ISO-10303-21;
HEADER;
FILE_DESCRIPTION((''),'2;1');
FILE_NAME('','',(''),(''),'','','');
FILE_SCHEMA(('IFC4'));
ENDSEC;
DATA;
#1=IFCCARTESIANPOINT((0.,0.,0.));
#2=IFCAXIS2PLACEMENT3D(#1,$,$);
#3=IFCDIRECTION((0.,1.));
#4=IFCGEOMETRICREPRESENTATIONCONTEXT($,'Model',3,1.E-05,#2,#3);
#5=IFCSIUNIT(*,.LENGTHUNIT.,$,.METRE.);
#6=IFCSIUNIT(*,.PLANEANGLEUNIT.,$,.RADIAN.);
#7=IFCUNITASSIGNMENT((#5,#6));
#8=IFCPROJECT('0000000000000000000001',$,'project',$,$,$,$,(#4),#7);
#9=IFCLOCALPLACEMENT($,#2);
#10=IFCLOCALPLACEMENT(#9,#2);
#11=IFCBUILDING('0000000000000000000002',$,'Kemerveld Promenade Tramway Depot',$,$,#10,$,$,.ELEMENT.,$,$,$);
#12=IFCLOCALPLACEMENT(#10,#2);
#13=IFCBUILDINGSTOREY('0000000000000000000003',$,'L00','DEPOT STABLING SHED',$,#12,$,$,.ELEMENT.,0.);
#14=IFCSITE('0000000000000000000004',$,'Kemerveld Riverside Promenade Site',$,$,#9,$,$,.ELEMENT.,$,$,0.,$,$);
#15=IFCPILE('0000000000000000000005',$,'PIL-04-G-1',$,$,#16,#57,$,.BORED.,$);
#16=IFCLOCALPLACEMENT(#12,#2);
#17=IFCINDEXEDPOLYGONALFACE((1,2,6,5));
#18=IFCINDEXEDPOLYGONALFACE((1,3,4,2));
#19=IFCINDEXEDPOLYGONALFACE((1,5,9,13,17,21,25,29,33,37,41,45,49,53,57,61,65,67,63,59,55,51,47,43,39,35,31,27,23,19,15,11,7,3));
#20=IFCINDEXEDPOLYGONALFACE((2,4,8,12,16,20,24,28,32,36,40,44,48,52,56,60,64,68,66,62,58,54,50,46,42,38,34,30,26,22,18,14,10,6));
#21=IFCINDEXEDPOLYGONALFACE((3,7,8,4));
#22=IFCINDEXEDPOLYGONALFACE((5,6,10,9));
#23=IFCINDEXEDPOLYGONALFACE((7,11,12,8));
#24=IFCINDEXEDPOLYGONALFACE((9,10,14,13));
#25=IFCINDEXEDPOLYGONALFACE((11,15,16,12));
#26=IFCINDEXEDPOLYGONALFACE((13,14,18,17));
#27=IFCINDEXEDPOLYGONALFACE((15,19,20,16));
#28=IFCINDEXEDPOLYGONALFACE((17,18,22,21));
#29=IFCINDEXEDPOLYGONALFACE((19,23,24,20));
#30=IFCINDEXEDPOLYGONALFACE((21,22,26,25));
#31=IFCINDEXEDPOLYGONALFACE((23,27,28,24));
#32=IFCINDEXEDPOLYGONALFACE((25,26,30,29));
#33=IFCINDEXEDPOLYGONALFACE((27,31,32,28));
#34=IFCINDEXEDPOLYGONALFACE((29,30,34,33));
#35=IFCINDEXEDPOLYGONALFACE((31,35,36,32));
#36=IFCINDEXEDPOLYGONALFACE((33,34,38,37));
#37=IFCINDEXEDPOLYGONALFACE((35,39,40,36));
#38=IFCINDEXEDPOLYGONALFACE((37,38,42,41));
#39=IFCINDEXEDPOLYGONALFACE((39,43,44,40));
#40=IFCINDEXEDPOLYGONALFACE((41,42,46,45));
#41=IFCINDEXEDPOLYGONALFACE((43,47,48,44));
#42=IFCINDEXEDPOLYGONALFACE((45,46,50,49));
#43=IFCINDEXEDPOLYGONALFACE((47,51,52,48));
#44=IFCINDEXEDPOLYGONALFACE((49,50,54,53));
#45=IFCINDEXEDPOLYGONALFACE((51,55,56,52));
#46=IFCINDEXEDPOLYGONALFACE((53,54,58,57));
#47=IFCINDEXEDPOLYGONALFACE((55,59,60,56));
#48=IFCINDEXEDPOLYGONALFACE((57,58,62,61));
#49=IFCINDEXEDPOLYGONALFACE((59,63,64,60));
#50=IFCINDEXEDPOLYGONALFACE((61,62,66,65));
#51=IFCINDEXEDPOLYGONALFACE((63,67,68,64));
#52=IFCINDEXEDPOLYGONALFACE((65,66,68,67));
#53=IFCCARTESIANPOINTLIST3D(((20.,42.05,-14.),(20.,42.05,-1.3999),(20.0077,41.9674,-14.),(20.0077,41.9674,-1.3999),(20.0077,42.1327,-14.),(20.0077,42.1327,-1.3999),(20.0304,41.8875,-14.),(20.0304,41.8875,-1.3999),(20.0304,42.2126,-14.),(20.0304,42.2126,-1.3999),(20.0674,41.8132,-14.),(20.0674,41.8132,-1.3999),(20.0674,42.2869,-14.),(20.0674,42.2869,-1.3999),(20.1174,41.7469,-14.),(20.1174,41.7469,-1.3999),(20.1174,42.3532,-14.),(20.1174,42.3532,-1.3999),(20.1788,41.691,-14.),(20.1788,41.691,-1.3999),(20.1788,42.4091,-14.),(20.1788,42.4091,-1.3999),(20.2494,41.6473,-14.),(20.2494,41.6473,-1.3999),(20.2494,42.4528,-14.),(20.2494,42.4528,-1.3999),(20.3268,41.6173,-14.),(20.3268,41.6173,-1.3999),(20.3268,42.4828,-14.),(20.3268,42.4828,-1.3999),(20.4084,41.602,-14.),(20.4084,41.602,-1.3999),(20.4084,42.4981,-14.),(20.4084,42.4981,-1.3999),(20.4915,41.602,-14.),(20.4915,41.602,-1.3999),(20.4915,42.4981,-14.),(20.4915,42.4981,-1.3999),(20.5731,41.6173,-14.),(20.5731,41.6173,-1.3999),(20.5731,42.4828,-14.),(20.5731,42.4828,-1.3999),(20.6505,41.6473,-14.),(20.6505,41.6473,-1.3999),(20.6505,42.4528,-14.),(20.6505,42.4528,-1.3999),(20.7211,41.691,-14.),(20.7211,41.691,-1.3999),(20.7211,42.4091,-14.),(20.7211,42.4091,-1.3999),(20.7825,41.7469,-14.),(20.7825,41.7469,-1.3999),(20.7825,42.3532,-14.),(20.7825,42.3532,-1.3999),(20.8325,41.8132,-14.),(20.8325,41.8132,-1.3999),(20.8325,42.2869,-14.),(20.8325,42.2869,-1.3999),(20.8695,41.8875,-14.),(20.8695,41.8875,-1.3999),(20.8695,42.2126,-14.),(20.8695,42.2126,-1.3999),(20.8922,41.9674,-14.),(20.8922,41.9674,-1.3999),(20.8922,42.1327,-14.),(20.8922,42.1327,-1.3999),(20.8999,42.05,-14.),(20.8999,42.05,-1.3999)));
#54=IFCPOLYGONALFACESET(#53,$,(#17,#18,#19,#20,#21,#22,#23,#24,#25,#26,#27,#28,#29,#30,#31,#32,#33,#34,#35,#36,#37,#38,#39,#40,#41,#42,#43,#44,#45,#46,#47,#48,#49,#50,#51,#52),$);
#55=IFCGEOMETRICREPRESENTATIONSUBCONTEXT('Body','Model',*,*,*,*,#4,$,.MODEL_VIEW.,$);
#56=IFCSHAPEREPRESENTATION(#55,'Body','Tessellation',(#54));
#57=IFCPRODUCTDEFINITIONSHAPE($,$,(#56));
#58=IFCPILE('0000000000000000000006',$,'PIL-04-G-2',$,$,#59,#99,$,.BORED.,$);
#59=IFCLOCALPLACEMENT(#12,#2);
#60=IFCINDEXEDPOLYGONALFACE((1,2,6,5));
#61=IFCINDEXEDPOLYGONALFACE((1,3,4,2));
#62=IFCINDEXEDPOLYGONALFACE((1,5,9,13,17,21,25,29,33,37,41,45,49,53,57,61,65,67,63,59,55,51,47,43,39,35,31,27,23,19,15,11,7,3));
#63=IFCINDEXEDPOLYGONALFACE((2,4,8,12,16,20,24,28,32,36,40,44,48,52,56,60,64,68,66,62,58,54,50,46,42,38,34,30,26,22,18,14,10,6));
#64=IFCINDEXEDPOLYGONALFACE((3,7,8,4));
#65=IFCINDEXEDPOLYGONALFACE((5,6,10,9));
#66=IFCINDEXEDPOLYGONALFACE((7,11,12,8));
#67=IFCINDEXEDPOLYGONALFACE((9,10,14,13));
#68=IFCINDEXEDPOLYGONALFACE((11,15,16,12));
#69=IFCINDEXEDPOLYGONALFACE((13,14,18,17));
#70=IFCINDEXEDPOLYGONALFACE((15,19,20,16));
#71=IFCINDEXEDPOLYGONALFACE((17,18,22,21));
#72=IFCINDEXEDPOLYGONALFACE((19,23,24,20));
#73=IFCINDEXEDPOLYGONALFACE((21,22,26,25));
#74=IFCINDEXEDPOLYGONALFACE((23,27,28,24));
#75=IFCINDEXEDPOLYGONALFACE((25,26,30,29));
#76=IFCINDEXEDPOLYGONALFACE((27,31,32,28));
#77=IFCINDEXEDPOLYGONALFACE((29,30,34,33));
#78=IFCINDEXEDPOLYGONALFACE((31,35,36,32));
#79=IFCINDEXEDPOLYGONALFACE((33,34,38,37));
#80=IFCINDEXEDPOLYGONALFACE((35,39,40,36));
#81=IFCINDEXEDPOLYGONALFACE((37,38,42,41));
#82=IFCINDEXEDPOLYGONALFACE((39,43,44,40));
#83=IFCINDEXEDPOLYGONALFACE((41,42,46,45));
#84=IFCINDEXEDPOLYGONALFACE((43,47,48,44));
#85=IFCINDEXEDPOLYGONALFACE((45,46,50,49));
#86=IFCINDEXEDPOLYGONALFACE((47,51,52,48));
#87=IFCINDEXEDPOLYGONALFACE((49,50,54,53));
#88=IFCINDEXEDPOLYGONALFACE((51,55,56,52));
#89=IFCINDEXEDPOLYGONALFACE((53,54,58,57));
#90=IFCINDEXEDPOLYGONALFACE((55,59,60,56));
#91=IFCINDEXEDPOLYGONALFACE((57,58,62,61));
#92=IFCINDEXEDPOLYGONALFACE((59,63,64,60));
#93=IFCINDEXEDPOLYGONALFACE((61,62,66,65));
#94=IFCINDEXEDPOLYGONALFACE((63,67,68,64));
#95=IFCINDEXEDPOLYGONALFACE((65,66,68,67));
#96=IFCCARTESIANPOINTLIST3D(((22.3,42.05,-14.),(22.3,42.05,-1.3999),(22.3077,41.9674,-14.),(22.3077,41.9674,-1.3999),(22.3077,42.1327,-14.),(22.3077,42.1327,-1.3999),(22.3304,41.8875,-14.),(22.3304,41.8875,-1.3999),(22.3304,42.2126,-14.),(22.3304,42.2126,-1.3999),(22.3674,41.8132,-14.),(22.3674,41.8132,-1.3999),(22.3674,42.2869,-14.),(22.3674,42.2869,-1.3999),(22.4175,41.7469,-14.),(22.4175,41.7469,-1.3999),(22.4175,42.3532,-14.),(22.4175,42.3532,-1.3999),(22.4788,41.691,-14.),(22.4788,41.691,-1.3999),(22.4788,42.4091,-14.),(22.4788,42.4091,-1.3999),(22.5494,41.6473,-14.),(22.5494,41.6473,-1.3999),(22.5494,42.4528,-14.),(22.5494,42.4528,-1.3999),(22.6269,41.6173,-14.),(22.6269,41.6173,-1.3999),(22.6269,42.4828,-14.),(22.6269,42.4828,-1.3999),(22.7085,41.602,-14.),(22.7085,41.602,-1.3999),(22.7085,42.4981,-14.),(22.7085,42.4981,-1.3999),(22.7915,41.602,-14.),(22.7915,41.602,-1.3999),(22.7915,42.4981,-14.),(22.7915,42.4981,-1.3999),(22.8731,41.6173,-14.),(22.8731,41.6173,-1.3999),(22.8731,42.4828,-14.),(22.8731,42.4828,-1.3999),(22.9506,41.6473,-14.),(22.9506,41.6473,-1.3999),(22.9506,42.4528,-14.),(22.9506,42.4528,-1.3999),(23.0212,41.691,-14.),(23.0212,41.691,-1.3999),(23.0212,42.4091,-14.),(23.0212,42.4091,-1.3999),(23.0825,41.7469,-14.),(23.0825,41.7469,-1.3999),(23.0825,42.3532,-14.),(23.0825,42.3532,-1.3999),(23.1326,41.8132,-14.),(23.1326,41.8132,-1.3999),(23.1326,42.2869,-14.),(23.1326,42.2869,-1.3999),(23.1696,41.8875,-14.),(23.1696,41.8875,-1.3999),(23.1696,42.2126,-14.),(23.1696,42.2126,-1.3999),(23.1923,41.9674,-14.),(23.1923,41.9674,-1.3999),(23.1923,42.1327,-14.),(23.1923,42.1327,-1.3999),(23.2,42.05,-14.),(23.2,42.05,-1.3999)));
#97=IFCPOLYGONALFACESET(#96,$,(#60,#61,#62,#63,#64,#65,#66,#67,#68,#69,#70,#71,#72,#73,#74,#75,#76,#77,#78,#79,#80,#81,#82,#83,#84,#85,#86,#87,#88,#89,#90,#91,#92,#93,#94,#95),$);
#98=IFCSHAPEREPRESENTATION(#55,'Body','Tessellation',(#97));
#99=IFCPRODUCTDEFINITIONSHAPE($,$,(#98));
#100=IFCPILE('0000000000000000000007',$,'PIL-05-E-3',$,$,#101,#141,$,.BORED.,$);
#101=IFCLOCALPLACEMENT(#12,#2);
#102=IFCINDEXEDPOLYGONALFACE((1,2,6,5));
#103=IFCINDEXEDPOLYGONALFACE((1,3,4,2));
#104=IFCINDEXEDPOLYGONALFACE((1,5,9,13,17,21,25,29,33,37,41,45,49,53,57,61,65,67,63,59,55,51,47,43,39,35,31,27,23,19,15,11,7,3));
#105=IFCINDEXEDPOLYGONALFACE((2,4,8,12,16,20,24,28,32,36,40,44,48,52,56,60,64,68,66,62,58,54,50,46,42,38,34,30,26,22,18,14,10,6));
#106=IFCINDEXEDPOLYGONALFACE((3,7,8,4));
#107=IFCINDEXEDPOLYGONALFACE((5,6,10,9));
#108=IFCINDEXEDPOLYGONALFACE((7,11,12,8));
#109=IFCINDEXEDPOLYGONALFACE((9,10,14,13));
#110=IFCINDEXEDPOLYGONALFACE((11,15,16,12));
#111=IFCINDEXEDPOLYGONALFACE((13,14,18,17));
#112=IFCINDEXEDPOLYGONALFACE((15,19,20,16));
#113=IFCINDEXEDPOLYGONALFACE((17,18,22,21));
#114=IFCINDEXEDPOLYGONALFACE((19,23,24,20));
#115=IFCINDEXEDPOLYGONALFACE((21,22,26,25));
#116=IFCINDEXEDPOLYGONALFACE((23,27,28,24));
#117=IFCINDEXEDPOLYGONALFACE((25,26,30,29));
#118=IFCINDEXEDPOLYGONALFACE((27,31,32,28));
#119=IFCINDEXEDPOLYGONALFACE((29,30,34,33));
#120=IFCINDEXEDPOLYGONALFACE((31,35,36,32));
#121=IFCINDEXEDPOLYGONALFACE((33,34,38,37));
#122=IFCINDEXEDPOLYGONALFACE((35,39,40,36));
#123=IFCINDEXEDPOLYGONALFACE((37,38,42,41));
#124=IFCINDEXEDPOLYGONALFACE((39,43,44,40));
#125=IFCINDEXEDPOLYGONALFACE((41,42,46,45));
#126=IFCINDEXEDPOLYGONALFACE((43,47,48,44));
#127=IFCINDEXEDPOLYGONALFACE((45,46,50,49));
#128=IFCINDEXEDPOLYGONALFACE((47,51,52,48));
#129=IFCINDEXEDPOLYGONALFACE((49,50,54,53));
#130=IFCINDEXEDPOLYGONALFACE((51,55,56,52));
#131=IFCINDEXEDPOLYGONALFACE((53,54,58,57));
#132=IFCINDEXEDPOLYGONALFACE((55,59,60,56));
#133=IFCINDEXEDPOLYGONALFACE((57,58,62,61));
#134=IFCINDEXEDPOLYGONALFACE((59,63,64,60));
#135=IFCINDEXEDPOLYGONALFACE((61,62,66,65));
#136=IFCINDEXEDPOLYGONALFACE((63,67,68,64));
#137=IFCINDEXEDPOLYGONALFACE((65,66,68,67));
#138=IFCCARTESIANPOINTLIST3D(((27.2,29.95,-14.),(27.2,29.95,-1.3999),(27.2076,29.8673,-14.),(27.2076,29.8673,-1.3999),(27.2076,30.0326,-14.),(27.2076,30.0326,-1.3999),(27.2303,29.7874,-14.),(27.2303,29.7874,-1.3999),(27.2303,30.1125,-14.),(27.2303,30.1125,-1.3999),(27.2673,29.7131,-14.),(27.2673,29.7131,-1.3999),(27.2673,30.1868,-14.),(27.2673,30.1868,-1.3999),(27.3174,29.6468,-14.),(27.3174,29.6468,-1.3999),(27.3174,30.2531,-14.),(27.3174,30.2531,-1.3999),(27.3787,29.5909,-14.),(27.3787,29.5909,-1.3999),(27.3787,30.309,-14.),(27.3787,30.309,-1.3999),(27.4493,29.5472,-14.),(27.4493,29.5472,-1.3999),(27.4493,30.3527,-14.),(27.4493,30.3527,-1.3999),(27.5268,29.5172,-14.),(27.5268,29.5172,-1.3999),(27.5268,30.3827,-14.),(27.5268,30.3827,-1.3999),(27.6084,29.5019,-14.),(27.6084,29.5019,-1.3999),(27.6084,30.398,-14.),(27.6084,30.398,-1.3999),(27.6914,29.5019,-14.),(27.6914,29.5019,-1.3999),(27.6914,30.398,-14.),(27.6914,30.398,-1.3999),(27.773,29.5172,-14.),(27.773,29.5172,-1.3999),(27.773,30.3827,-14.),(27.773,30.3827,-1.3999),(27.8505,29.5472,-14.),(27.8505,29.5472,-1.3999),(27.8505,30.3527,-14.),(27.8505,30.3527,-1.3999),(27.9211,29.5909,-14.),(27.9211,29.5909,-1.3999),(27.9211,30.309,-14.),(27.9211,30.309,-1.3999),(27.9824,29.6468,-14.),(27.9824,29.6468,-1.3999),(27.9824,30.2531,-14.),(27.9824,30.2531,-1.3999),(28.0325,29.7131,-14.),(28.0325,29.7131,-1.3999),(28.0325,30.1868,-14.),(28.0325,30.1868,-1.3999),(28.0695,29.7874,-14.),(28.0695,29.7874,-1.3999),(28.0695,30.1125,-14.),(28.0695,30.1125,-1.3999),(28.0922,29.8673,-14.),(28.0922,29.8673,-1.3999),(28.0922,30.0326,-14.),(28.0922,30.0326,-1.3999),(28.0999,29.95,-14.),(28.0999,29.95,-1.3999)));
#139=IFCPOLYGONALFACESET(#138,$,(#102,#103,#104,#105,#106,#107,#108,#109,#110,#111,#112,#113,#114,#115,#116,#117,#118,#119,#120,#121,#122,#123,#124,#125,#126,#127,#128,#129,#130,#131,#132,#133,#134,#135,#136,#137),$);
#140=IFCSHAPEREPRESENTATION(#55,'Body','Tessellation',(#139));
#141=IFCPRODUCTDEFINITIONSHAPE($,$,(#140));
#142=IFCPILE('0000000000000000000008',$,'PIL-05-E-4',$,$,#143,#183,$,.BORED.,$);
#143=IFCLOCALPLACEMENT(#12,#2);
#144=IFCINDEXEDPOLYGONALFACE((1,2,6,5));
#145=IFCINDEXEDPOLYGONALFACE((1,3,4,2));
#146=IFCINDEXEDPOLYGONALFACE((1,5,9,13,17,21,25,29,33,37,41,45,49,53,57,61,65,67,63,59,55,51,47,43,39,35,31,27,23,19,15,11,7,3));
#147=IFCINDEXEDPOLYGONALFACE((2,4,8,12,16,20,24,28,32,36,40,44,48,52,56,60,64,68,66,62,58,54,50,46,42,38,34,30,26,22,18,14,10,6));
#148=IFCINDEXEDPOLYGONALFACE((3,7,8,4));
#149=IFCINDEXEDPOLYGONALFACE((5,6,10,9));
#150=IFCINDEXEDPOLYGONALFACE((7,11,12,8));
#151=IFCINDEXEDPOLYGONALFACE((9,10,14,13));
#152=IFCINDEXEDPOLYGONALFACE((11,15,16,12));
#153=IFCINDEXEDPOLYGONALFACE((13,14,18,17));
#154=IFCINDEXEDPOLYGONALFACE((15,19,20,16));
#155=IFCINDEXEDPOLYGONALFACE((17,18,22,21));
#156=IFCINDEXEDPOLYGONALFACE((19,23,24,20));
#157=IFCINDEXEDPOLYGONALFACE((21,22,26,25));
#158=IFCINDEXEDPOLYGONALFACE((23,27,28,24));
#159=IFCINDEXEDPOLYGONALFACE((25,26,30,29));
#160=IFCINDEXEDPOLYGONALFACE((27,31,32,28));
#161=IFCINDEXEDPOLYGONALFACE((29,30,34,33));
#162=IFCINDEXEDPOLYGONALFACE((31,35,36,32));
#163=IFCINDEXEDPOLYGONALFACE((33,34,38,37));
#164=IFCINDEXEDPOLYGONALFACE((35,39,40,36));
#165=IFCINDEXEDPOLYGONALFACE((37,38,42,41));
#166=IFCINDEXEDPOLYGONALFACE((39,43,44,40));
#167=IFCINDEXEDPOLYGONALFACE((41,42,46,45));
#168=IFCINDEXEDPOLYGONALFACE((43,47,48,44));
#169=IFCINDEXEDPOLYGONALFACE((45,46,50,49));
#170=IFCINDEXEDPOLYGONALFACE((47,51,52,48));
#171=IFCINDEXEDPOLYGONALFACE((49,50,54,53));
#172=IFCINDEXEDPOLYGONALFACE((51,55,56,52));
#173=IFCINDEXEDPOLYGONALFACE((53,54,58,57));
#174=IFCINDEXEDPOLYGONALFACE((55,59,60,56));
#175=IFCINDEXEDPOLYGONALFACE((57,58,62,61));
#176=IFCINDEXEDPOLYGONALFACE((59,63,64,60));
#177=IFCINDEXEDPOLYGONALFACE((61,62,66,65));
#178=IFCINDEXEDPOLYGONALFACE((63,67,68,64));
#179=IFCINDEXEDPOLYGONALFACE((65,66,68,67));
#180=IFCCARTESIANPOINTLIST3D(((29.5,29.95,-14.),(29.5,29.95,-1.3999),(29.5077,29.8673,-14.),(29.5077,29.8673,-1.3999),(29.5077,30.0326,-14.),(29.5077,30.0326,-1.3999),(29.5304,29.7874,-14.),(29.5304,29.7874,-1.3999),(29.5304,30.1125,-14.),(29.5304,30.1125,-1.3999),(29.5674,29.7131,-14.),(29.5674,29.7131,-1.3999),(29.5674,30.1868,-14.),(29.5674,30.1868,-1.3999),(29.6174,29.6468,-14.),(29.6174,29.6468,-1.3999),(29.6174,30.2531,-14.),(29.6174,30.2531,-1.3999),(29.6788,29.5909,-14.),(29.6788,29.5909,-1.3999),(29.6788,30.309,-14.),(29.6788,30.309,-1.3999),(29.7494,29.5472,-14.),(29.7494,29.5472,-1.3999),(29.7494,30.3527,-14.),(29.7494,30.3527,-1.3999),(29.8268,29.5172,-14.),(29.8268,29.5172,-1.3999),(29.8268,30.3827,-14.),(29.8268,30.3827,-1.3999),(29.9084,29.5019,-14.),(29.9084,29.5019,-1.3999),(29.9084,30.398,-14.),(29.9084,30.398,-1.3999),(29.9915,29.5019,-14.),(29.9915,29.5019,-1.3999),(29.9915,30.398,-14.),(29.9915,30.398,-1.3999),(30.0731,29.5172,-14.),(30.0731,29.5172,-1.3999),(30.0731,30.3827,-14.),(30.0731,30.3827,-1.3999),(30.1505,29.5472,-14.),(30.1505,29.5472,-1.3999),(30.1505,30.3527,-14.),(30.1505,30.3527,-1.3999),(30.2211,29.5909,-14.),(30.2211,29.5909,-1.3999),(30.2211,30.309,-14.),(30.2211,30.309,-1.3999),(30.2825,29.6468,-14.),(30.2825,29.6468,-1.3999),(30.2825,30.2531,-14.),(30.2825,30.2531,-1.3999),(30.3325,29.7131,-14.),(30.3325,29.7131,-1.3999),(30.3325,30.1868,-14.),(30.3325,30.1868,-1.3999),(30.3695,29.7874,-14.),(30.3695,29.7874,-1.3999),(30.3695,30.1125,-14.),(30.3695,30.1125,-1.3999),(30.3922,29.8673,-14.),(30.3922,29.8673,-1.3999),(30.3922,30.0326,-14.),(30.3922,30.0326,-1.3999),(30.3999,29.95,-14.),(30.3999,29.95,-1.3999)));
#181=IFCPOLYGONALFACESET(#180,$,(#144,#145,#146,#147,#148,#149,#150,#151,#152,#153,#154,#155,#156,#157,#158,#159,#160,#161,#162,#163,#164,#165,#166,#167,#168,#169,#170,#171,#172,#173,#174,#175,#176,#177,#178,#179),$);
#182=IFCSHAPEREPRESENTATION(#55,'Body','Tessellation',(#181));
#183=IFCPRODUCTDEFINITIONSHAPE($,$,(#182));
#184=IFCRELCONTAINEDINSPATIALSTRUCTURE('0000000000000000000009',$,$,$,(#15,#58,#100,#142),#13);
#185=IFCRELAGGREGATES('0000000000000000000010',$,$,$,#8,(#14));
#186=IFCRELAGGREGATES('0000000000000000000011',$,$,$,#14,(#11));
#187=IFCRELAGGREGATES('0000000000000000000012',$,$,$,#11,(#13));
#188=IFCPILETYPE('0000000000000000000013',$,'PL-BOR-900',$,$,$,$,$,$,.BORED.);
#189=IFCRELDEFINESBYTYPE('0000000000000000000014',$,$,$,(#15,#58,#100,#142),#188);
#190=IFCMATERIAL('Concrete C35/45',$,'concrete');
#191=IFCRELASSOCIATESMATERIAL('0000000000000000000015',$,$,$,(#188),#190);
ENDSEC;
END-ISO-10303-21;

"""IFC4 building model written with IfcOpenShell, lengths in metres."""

from ifc_helpers import new_model, si_unit, direction, frame, origin, origin_2d, place, context, subcontext, project, spatial, circle, extrude, material, material_profile, profile_set, type_object, element, save


model = new_model("IFC4")

# Units and contexts
model_context = context("Model", 3, precision=1e-05, world=origin(), true_north=direction((0.0, 1.0)))
body_context = subcontext(model_context, "Body", "Model", "MODEL_VIEW")
ifc_project = project(units=[si_unit("LENGTHUNIT", "METRE"), si_unit("PLANEANGLEUNIT", "RADIAN")], contexts=[model_context])

# Site, building, storey
site_placement = place(None, origin())
site = spatial("IfcSite", under=ifc_project, at=site_placement, Name="Kemerveld Riverside Promenade Site", CompositionType="ELEMENT", RefElevation=0.0)
building_placement = place(site_placement, origin())
building = spatial("IfcBuilding", under=site, at=building_placement, Name="Kemerveld Promenade Tramway Depot", CompositionType="ELEMENT")
storey_placement = place(building_placement, origin())
storey = spatial("IfcBuildingStorey", under=building, at=storey_placement, Name="L00", Description="DEPOT STABLING SHED", CompositionType="ELEMENT", Elevation=0.0)

# Shared definitions
ifc_material_1 = material(Name="Concrete C35/45", Category="concrete")

# Piles
ifc_material_profile_1 = material_profile(ifc_material_1, circle(Radius=0.45, at=origin_2d()), Name="PILE-D900")
ifc_profile_set_1 = profile_set([ifc_material_profile_1], Name="Concrete C35/45")
pile_type = type_object("IfcPileType", Name="PL-BOR-900", PredefinedType="BORED", material=ifc_profile_set_1)
for number, where, z_axis, x_axis, name in (
    (1, (20.45, 42.05, -1.3999), (0.0, 0.0, -1.0), (1.0, 0.0, 0.0), "PIL-04-G-1"),
    (2, (22.75, 42.05, -1.3999), (0.0, 0.0, -1.0), (1.0, 0.0, 0.0), "PIL-04-G-2"),
    (3, (27.6499, 29.95, -1.3999), (0.0, 0.0, -1.0), (1.0, 0.0, 0.0), "PIL-05-E-3"),
    (4, (29.95, 29.95, -1.3999), (0.0, 0.0, -1.0), (1.0, 0.0, 0.0), "PIL-05-E-4"),
):
    element("IfcPile", number, at=place(storey_placement, frame(where, z_axis=z_axis, x_axis=x_axis)), inside=storey, type_object=pile_type, Name=name, PredefinedType="BORED", context=body_context, shape_type="SweptSolid", body=[
        extrude(circle(Radius=0.45, at=origin_2d()), origin(), (0.0, 0.0, 1.0), 12.6001),
    ])

save(model, "model.ifc")
